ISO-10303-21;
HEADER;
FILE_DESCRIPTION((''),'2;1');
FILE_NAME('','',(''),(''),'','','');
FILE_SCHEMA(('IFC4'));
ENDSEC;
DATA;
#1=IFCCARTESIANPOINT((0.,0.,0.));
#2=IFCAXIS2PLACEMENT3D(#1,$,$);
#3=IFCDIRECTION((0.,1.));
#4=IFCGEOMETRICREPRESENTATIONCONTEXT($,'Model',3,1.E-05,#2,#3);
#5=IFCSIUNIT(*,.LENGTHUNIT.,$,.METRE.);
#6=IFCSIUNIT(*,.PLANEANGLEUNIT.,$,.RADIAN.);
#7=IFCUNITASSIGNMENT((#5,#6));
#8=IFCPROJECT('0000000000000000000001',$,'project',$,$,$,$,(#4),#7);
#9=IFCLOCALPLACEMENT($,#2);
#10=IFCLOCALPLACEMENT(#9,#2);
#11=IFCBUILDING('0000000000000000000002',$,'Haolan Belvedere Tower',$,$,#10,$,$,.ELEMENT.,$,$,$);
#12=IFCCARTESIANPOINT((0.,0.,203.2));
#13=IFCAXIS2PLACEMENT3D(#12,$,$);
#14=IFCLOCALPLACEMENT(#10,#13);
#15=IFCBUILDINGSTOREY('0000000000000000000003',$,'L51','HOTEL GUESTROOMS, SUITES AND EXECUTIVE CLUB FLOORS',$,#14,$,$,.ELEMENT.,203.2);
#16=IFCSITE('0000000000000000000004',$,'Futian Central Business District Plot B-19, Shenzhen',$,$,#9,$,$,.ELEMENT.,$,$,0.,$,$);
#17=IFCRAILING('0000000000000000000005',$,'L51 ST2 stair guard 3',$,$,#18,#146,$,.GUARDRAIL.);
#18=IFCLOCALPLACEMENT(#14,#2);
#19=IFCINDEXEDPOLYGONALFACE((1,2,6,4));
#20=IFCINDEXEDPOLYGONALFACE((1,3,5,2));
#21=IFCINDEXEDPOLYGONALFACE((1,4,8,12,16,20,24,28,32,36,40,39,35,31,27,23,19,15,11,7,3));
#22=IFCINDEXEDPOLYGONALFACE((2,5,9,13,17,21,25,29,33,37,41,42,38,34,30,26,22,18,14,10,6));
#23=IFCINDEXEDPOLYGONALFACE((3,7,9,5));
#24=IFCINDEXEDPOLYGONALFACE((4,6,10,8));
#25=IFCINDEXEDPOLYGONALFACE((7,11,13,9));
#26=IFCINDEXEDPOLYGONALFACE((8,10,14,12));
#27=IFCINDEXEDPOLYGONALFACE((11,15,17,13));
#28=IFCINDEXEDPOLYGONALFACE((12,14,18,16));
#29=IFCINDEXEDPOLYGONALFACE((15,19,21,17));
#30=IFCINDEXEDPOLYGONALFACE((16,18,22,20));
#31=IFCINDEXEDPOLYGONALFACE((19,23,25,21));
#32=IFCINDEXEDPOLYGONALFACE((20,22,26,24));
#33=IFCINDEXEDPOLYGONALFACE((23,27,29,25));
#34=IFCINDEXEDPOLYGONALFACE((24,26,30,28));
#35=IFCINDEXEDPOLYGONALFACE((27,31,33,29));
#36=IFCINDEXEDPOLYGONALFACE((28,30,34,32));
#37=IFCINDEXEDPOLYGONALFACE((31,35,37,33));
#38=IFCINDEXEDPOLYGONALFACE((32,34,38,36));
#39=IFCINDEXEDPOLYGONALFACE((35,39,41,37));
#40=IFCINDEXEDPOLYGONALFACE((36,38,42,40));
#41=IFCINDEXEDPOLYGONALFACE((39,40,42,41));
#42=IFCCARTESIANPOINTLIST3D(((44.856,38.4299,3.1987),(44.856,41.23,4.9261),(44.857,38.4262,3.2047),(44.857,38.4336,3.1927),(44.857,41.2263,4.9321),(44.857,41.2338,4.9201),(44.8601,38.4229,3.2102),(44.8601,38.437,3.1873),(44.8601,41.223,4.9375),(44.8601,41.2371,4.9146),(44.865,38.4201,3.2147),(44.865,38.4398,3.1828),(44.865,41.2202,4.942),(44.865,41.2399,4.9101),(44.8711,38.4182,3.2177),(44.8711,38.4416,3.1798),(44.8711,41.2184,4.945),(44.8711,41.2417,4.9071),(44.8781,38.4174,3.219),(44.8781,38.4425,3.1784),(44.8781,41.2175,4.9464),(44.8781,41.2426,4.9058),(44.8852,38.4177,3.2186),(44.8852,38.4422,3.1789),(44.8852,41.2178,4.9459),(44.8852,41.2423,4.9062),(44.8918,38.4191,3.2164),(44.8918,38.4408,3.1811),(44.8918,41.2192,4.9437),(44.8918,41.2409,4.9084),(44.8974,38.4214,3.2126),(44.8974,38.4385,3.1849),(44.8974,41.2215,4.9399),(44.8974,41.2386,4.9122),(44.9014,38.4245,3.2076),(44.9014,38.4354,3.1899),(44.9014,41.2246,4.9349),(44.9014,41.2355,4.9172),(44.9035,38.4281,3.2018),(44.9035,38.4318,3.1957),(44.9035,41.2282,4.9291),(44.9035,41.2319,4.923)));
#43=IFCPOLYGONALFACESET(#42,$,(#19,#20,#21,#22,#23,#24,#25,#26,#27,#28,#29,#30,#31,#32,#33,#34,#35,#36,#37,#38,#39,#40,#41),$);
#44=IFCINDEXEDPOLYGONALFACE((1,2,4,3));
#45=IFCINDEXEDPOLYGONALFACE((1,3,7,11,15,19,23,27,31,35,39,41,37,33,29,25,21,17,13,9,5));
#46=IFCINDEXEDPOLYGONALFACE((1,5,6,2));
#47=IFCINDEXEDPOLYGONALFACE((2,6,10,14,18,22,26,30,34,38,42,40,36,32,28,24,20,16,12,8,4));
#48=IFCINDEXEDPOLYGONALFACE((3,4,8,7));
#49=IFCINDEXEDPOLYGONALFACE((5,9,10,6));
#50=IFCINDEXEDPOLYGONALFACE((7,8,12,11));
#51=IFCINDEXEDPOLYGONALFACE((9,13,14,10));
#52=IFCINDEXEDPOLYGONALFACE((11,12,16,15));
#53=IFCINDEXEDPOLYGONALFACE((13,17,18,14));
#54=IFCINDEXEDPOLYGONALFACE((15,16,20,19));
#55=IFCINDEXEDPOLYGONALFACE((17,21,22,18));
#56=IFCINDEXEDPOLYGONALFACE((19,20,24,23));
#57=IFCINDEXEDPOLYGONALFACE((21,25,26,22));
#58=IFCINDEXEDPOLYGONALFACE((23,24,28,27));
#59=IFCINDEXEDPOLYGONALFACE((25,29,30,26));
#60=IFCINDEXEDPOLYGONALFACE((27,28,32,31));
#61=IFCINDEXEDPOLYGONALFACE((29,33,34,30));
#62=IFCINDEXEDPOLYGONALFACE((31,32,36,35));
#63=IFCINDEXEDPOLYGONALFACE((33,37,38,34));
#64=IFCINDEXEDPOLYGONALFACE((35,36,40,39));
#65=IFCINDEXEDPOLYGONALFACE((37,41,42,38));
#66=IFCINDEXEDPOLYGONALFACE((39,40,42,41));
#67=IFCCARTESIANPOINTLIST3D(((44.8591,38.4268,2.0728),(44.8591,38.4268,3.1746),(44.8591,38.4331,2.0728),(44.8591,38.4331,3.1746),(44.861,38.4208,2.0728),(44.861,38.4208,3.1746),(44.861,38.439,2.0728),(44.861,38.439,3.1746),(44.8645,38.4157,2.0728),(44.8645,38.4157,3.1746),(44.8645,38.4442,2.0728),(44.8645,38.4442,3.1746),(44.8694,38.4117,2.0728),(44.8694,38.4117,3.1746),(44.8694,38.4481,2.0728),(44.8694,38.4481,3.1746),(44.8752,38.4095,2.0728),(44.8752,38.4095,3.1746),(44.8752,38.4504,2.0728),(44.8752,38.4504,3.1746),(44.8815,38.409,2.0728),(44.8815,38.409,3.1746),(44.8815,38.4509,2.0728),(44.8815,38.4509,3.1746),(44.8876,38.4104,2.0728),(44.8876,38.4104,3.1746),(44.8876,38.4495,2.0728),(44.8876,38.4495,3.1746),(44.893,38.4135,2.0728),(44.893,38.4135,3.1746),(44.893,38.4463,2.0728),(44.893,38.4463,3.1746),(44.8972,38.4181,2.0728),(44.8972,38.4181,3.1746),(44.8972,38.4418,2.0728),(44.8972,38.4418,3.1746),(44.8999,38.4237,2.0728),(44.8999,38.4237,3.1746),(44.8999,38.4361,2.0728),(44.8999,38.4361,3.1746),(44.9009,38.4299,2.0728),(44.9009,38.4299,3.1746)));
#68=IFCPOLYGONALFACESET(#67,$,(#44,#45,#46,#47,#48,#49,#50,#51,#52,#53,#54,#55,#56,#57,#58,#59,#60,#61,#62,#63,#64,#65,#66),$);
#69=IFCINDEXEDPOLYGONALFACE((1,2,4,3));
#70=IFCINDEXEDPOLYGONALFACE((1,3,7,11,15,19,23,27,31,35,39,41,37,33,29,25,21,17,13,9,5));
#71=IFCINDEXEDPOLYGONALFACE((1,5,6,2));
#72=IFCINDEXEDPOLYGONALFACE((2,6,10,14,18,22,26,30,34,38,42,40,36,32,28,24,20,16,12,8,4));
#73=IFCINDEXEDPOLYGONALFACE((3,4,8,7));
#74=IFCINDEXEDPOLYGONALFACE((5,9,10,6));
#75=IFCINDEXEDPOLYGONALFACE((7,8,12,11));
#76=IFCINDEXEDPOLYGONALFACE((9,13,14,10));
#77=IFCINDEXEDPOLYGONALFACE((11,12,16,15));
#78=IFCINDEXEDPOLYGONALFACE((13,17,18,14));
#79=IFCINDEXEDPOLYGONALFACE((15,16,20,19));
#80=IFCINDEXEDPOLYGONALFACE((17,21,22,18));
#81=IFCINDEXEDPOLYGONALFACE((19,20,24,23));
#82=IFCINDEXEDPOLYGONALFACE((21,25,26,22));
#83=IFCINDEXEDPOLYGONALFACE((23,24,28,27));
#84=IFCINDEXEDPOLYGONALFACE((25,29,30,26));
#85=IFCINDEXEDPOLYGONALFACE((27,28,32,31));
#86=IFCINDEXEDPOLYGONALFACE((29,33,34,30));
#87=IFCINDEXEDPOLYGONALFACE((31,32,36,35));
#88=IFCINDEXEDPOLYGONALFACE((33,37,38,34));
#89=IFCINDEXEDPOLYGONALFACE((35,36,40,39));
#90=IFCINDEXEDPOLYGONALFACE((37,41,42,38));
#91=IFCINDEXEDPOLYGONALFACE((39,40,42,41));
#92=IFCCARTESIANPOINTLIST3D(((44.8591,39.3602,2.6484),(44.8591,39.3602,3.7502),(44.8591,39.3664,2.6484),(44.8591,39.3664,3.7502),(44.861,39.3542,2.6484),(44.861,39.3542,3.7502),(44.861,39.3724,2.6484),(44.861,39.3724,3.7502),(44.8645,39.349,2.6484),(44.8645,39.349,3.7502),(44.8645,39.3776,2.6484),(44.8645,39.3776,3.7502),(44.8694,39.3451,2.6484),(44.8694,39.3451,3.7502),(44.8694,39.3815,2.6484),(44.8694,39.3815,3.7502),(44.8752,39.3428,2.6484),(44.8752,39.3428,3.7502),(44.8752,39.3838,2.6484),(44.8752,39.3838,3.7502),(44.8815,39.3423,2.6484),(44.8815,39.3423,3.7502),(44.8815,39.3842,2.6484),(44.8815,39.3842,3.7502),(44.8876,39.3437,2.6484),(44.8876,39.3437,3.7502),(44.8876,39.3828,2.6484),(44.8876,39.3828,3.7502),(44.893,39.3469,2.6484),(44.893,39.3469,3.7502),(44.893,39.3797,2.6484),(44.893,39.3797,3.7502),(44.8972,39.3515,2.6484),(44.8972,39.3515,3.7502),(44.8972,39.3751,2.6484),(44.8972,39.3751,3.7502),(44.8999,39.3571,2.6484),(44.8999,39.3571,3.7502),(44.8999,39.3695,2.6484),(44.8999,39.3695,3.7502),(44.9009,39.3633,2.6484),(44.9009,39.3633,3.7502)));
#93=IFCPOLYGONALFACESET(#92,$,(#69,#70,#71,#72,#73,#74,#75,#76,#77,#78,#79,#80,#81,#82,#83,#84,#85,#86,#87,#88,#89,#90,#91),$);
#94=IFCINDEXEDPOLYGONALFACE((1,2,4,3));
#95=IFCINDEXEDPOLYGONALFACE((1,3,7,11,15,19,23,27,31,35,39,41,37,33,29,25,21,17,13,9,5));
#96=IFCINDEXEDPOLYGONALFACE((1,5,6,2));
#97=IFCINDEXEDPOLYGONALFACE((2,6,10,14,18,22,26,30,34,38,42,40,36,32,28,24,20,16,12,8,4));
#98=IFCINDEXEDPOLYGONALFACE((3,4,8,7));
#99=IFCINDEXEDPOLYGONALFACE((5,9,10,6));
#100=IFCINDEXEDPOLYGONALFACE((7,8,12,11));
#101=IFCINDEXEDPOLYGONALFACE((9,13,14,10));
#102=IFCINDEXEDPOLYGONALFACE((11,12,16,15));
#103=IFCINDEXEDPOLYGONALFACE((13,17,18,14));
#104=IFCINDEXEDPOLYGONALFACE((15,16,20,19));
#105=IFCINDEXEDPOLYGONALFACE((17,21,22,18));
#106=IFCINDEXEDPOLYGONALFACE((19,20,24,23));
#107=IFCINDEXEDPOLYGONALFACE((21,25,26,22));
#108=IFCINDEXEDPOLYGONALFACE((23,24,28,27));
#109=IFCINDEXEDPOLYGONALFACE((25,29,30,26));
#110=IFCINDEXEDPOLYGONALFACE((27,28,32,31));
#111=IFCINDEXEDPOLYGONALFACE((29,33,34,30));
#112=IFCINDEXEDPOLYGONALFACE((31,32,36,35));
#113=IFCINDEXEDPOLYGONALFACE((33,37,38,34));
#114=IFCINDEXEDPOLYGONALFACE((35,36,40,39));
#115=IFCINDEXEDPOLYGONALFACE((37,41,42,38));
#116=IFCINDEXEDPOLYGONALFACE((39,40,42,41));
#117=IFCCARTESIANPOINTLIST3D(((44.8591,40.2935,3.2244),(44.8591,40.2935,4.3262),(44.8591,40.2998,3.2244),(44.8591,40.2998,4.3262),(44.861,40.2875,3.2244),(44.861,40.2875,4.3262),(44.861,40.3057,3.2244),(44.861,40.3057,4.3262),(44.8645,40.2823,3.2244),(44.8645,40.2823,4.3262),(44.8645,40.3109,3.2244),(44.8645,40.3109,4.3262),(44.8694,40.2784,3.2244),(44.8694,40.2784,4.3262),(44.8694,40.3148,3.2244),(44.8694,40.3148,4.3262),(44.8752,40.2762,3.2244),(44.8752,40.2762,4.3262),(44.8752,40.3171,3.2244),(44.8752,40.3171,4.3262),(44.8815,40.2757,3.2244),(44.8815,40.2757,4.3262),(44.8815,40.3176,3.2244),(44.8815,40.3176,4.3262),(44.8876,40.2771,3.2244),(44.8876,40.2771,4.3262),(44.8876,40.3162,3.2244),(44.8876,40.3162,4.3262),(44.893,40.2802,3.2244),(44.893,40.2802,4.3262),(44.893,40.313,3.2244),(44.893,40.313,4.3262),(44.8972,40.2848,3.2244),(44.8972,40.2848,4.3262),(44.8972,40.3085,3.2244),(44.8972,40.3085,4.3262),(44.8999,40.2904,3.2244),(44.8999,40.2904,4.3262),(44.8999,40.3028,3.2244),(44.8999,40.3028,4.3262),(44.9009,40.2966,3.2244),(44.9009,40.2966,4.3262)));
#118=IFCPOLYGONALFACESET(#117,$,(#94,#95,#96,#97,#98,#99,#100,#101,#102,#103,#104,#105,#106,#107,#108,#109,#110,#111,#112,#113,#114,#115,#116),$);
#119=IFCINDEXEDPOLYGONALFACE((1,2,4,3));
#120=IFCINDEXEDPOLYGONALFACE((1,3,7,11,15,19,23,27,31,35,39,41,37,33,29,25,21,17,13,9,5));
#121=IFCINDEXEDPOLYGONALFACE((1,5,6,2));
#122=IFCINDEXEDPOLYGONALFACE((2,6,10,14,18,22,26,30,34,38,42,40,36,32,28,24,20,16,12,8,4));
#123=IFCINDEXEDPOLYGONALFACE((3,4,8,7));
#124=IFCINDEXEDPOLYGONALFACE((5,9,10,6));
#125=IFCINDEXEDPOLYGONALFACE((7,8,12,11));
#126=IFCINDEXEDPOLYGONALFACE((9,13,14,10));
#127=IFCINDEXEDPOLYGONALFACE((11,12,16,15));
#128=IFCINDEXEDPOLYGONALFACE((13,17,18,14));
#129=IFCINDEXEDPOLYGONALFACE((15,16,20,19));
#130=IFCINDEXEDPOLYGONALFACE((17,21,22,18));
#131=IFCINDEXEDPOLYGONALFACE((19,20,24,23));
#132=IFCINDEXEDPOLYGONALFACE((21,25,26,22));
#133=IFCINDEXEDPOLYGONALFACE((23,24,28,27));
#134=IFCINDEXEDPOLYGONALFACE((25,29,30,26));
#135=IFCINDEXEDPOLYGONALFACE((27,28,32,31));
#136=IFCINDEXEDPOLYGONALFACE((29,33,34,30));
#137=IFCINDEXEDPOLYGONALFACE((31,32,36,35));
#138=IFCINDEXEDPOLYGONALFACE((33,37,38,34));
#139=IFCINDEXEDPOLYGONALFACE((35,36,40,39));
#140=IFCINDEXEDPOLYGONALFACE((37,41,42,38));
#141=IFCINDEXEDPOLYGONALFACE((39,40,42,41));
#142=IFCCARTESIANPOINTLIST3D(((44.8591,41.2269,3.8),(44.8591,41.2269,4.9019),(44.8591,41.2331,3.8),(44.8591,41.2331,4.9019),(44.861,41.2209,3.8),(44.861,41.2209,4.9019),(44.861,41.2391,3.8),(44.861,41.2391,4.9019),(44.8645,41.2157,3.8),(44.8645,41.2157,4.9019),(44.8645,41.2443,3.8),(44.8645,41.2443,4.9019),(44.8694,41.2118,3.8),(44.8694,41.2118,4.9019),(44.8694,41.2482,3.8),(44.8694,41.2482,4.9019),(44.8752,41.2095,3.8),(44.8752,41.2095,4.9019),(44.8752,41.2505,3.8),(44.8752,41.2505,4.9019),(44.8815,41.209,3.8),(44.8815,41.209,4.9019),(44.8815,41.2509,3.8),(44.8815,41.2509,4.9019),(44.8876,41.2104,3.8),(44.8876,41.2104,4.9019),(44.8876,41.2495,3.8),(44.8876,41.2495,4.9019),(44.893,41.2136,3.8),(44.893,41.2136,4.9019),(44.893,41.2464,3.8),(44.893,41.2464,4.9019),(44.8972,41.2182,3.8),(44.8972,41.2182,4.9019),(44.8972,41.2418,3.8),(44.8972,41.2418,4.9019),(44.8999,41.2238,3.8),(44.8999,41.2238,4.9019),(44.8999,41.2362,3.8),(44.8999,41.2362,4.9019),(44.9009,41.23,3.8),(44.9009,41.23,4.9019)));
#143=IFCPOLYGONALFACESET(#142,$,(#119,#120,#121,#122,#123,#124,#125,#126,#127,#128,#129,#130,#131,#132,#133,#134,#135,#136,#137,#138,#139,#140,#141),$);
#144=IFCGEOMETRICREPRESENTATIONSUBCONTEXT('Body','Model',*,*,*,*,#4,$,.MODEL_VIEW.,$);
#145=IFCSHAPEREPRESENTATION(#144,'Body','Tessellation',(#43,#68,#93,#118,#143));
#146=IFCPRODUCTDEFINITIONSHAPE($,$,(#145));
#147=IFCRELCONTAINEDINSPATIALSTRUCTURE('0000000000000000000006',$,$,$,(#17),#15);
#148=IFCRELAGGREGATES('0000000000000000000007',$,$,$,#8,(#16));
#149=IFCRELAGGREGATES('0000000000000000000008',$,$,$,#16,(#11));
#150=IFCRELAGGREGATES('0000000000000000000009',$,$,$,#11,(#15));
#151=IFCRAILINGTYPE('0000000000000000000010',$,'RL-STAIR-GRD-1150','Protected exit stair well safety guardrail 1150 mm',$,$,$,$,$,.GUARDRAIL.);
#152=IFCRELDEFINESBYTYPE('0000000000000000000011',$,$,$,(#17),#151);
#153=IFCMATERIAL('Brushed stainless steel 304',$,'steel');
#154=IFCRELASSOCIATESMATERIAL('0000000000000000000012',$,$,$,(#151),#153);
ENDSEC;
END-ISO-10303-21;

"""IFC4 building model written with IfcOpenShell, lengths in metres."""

from ifc_helpers import new_model, si_unit, direction, frame, origin, origin_2d, place, context, subcontext, project, spatial, circle, extrude, material, type_object, element, save


model = new_model("IFC4")

# Units and contexts
model_context = context("Model", 3, precision=1e-05, world=origin(), true_north=direction((0.0, 1.0)))
body_context = subcontext(model_context, "Body", "Model", "MODEL_VIEW")
ifc_project = project(units=[si_unit("LENGTHUNIT", "METRE"), si_unit("PLANEANGLEUNIT", "RADIAN")], contexts=[model_context])

# Site, building, storey
site_placement = place(None, origin())
site = spatial("IfcSite", under=ifc_project, at=site_placement, Name="Futian Central Business District Plot B-19, Shenzhen", CompositionType="ELEMENT", RefElevation=0.0)
building_placement = place(site_placement, origin())
building = spatial("IfcBuilding", under=site, at=building_placement, Name="Haolan Belvedere Tower", CompositionType="ELEMENT")
storey_placement = place(building_placement, frame((0.0, 0.0, 203.2)))
storey = spatial("IfcBuildingStorey", under=building, at=storey_placement, Name="L51", Description="HOTEL GUESTROOMS, SUITES AND EXECUTIVE CLUB FLOORS", CompositionType="ELEMENT", Elevation=203.2)

# Railing
ifc_material_1 = material(Name="Brushed stainless steel 304", Category="steel")
railing_type_1 = type_object("IfcRailingType", Name="RL-STAIR-GRD-1150", Description="Protected exit stair well safety guardrail 1150 mm", PredefinedType="GUARDRAIL", material=ifc_material_1)
railing_1_placement = place(storey_placement, frame((44.8799, 38.4299, 2.0728)))
element("IfcRailing", 1, at=railing_1_placement, inside=storey, type_object=railing_type_1, Name="L51 ST2 stair guard 3", PredefinedType="GUARDRAIL", context=body_context, shape_type="SweptSolid", body=[
    extrude(circle(Radius=0.0239, at=origin_2d()), frame((0.0, 0.0, 1.126), z_axis=(0.0, 0.85109, 0.52502), x_axis=(-1.0, 0.0, 0.0)), (0.0, 0.0, 1.0), 3.29),
    extrude(circle(Radius=0.021, at=origin_2d()), origin(), (0.0, 0.0, 1.0), 1.1018),
    extrude(circle(Radius=0.021, at=origin_2d()), frame((0.0, 0.9333, 0.5757)), (0.0, 0.0, 1.0), 1.1018),
    extrude(circle(Radius=0.021, at=origin_2d()), frame((0.0, 1.8667, 1.1516)), (0.0, 0.0, 1.0), 1.1018),
    extrude(circle(Radius=0.021, at=origin_2d()), frame((0.0, 2.8, 1.7273)), (0.0, 0.0, 1.0), 1.1018),
])

save(model, "model.ifc")
